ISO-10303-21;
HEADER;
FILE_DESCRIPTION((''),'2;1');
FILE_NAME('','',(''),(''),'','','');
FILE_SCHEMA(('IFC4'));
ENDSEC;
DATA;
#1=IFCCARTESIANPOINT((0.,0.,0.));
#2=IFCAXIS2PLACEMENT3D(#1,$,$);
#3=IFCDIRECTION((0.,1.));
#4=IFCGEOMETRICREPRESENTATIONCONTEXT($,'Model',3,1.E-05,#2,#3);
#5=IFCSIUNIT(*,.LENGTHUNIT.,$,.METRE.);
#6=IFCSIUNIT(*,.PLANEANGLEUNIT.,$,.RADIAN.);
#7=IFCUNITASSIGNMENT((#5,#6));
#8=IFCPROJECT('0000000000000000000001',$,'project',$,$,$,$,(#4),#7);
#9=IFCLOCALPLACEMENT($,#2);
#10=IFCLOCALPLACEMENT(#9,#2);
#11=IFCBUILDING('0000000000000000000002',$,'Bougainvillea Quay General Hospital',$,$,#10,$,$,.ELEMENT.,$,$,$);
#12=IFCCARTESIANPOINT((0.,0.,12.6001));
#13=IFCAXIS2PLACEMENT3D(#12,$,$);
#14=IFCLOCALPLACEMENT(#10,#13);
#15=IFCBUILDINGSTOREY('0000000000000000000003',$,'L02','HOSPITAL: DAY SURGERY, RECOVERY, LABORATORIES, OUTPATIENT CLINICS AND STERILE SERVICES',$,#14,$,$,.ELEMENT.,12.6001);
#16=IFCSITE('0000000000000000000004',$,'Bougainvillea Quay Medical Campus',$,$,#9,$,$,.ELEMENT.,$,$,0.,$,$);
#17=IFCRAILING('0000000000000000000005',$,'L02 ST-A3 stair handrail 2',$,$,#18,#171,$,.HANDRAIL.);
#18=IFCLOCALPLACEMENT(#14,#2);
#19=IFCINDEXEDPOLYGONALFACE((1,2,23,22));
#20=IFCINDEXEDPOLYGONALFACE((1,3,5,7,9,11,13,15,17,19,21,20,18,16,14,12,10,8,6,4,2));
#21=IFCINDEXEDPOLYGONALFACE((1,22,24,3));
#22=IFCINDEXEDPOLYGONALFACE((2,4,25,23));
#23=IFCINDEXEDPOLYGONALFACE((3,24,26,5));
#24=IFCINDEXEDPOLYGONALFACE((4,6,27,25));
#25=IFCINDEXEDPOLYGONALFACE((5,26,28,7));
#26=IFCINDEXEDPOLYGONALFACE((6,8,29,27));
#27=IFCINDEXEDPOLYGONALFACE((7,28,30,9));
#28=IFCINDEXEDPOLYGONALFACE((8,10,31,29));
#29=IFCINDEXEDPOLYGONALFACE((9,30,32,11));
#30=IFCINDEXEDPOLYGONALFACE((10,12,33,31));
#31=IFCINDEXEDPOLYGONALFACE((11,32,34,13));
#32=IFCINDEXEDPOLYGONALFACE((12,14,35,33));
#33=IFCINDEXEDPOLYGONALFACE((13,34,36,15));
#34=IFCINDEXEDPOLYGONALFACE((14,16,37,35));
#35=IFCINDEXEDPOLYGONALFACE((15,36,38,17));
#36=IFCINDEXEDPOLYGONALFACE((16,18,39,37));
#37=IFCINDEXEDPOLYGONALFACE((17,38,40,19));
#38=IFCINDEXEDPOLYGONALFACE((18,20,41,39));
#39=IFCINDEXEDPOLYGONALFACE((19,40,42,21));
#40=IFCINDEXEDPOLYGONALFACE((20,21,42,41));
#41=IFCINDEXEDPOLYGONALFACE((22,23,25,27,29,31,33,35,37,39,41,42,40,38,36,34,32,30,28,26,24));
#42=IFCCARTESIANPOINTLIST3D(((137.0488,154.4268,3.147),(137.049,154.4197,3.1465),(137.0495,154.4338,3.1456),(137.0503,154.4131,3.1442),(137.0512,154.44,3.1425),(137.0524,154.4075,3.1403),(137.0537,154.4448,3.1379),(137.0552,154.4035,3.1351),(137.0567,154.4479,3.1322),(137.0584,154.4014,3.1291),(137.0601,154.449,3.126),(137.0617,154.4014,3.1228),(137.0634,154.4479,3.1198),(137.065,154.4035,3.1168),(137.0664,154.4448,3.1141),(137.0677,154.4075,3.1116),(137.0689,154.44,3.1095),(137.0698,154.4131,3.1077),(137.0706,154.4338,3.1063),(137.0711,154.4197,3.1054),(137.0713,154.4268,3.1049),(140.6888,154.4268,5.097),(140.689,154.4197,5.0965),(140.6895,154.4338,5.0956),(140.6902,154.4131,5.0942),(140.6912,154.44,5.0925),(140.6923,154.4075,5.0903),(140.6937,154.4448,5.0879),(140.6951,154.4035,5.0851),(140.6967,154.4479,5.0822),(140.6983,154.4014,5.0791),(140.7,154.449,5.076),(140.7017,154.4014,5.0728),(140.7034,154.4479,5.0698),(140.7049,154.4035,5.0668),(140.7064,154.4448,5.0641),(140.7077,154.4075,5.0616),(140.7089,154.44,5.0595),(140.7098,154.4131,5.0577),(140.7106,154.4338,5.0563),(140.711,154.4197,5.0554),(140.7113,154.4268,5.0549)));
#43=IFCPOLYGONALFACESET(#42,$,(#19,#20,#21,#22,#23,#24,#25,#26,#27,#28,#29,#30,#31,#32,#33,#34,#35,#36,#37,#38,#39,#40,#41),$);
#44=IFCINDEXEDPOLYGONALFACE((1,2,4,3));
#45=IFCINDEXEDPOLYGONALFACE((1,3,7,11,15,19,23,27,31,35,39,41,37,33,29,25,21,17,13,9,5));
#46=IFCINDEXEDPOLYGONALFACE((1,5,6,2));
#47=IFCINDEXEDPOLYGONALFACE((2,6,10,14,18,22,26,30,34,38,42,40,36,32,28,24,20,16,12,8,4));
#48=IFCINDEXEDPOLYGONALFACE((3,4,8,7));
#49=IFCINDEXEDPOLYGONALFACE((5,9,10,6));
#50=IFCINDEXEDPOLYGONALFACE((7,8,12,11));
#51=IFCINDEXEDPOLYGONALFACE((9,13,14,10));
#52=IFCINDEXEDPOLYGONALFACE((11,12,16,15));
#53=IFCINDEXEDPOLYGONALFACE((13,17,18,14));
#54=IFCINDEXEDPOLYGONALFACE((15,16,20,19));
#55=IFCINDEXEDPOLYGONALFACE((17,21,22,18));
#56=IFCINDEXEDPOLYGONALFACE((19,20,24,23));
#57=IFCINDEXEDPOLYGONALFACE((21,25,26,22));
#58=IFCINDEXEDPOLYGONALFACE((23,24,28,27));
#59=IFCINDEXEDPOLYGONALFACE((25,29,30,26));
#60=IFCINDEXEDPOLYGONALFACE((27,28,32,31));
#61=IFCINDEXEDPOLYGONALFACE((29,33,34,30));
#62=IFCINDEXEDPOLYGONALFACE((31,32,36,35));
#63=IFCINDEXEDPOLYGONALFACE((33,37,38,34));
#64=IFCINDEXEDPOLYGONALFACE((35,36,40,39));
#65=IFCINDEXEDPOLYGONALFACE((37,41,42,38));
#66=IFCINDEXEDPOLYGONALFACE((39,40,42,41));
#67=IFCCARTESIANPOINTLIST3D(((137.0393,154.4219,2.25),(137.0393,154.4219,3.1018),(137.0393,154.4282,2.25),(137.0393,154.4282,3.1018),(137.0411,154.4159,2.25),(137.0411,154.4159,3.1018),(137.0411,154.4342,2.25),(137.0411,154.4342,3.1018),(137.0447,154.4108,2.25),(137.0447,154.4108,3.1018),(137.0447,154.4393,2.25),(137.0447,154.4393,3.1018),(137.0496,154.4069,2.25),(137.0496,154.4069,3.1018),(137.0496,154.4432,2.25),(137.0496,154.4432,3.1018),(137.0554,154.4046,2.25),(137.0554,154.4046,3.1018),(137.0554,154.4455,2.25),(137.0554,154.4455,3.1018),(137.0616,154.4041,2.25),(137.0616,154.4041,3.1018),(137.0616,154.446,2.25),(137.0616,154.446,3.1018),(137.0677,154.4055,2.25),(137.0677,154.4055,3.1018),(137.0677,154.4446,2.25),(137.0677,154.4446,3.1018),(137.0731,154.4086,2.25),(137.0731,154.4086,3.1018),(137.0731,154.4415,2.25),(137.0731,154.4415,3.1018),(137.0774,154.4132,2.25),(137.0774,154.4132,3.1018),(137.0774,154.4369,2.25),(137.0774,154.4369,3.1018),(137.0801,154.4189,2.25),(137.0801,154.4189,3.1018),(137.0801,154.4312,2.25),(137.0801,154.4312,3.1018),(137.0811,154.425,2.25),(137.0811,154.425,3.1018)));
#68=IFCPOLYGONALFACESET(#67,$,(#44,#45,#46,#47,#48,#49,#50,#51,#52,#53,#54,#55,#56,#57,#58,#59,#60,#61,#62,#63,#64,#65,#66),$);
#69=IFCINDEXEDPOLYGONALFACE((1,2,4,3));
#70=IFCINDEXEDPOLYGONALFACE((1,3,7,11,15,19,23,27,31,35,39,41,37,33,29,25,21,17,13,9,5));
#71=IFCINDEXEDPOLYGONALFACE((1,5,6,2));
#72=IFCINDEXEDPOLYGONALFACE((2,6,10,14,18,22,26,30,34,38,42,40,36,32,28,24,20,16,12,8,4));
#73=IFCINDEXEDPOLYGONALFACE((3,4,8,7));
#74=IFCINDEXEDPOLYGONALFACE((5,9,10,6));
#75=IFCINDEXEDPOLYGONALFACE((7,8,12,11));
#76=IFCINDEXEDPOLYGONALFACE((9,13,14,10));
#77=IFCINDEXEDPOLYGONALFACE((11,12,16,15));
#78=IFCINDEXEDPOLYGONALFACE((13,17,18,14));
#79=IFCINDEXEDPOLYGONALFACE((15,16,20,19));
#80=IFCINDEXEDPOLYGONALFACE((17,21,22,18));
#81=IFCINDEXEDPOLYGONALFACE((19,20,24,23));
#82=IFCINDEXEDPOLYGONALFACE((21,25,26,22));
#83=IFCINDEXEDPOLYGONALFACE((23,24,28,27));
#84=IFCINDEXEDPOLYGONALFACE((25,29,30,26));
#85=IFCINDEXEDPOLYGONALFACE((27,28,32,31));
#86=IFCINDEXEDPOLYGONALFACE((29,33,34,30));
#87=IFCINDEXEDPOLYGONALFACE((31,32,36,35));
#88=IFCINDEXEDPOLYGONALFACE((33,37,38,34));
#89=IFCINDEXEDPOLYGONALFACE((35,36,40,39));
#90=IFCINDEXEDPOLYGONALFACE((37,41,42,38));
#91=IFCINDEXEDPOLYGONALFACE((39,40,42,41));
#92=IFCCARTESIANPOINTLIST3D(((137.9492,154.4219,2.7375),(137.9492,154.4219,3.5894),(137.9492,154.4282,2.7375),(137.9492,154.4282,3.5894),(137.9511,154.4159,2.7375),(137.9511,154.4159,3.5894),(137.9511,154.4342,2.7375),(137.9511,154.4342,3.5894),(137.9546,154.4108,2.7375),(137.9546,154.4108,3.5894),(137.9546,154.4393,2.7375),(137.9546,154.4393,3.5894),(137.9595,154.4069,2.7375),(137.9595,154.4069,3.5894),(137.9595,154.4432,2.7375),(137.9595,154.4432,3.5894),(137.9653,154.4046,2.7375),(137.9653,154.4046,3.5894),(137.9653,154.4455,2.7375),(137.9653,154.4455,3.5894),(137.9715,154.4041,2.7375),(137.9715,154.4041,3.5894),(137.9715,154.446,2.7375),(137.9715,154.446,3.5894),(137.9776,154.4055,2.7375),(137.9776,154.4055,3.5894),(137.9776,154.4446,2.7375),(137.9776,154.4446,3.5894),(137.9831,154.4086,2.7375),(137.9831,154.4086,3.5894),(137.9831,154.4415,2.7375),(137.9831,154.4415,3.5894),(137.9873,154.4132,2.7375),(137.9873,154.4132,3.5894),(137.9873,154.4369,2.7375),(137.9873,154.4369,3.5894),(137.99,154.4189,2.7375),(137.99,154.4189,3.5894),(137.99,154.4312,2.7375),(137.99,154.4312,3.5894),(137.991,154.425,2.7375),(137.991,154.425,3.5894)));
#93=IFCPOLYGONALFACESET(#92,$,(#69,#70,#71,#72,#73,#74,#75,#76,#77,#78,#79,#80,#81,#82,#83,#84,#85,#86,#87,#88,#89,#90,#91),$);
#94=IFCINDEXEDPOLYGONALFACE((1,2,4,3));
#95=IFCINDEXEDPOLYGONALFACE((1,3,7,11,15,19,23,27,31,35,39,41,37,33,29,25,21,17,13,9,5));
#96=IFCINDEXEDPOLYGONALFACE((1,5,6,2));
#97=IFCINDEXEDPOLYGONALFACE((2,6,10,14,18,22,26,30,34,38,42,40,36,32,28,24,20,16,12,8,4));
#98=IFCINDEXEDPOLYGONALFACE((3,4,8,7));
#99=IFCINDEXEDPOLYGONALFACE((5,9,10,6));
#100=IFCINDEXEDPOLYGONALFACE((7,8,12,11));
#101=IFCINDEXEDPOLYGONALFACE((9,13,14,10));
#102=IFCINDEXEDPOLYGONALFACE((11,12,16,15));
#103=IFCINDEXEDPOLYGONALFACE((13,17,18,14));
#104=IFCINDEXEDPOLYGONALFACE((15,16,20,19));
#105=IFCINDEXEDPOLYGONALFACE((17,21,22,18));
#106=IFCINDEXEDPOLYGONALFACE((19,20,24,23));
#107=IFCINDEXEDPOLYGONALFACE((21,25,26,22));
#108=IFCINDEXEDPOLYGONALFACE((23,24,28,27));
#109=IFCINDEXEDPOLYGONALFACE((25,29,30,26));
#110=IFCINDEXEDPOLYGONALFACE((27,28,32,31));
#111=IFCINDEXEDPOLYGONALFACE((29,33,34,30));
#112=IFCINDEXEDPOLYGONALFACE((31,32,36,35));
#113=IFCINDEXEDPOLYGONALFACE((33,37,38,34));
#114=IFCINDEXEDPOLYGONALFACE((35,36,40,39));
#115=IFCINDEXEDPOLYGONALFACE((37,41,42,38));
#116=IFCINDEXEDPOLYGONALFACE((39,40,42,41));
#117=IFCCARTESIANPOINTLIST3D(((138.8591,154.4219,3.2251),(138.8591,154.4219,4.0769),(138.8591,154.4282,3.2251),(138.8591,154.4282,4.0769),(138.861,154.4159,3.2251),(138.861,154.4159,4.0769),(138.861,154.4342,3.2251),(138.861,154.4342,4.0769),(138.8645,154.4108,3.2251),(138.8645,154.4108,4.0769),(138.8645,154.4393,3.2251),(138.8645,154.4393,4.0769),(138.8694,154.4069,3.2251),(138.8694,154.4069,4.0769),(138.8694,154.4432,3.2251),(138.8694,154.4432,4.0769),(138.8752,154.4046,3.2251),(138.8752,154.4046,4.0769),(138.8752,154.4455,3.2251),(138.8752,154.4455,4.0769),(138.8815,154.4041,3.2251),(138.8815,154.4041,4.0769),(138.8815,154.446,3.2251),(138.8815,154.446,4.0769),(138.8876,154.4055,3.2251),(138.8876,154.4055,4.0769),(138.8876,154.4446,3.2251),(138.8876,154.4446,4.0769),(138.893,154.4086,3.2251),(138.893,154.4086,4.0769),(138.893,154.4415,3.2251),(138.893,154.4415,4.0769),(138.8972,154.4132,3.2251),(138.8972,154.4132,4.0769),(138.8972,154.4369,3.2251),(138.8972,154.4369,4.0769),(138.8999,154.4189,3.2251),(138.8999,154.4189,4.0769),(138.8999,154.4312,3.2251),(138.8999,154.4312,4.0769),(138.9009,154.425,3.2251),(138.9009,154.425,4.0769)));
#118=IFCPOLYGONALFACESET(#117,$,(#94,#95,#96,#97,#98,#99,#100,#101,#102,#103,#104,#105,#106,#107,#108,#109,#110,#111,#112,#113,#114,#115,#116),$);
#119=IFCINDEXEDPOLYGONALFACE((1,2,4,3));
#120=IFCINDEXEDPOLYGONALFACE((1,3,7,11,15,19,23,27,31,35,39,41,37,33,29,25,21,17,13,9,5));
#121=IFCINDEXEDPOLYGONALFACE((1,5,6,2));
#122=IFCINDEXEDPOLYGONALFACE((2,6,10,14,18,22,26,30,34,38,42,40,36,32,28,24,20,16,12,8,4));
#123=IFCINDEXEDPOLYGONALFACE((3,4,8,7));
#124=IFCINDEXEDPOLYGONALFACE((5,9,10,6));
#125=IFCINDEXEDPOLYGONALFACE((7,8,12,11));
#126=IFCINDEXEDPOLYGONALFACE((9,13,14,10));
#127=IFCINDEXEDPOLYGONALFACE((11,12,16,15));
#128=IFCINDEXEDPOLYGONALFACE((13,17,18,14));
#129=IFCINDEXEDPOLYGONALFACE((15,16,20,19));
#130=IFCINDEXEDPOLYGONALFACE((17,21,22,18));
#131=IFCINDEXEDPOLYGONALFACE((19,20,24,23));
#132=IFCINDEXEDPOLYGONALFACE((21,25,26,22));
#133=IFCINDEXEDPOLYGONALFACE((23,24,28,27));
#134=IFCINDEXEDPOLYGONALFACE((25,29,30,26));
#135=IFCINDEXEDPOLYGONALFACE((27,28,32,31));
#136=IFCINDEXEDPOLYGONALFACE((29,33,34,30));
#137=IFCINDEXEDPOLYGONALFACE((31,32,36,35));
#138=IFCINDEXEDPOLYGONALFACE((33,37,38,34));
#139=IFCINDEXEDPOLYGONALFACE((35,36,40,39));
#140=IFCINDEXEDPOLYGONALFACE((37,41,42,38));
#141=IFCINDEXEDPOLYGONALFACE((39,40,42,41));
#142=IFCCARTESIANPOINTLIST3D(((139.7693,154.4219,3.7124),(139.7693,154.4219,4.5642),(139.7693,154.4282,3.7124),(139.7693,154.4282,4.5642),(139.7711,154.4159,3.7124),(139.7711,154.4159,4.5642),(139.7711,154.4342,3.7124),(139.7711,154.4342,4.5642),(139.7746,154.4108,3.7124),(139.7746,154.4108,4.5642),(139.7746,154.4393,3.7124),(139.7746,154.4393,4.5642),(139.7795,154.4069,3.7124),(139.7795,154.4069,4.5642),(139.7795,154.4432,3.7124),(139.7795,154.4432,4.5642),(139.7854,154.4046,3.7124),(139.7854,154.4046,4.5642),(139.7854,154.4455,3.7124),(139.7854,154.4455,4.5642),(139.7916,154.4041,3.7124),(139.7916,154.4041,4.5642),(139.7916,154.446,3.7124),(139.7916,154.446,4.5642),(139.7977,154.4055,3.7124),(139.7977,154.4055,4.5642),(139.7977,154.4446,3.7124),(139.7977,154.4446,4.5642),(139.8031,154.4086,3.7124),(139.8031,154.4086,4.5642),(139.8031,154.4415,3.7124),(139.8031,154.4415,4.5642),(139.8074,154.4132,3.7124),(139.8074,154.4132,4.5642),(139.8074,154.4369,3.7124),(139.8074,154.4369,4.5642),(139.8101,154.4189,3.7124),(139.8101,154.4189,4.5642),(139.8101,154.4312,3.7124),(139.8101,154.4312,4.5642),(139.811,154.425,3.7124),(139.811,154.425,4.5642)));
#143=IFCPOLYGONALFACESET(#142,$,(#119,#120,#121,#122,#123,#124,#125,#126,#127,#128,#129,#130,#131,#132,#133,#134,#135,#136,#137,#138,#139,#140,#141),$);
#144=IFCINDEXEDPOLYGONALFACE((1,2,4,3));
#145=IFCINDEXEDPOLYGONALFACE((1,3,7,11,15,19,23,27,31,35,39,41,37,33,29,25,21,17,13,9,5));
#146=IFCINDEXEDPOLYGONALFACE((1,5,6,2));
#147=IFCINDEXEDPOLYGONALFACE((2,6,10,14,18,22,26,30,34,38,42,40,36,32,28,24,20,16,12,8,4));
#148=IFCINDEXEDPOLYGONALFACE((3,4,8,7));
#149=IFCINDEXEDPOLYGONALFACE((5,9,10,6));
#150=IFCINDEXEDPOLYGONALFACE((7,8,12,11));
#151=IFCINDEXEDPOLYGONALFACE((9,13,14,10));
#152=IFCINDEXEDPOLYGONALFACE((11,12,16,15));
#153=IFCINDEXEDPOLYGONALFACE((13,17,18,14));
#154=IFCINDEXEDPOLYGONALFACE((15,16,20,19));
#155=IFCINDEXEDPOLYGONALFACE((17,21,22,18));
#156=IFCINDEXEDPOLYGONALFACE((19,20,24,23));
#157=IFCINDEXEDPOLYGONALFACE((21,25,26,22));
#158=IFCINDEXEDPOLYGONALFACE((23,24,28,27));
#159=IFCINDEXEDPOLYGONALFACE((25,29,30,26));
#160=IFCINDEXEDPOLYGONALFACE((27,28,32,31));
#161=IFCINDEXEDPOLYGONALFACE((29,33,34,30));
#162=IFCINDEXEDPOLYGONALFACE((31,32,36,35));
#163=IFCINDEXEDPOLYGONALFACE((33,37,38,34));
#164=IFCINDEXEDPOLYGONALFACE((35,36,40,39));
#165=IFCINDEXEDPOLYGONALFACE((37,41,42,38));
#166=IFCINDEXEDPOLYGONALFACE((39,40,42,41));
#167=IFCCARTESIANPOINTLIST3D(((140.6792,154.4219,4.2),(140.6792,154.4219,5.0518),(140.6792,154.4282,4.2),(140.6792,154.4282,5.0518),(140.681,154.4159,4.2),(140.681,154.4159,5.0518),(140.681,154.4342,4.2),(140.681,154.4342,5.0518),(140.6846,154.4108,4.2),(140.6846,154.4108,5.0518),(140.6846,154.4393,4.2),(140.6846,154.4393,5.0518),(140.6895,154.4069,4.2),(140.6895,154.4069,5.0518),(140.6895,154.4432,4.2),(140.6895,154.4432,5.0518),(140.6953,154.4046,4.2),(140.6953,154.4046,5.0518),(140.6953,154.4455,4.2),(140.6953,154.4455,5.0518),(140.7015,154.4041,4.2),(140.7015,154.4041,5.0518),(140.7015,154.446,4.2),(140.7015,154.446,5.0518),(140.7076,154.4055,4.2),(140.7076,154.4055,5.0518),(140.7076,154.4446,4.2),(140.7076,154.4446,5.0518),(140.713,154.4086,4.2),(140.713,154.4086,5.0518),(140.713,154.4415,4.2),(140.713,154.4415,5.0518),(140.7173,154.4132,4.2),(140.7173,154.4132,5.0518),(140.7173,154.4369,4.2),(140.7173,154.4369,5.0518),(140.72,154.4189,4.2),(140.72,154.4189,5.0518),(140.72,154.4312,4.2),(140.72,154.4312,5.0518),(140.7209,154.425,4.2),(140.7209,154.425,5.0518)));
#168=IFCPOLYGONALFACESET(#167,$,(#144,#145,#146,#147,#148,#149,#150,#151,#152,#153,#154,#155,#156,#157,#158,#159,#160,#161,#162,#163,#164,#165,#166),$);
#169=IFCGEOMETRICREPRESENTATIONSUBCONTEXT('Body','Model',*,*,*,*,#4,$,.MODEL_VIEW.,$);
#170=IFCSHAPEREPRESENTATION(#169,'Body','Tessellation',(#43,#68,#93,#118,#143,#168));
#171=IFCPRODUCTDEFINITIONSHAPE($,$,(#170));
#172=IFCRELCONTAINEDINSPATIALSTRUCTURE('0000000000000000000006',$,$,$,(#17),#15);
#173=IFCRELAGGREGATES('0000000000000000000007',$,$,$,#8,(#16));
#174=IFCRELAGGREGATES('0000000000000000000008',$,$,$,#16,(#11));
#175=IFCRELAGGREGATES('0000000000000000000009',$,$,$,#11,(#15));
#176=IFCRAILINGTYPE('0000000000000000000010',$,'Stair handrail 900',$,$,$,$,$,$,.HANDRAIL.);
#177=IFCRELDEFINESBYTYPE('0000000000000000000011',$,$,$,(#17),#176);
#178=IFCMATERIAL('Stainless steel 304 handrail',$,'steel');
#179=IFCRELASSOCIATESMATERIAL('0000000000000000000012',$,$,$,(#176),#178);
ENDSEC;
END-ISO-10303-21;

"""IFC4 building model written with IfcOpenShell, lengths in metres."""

from ifc_helpers import new_model, si_unit, direction, frame, origin, origin_2d, place, context, subcontext, project, spatial, circle, extrude, material, type_object, element, save


model = new_model("IFC4")

# Units and contexts
model_context = context("Model", 3, precision=1e-05, world=origin(), true_north=direction((0.0, 1.0)))
body_context = subcontext(model_context, "Body", "Model", "MODEL_VIEW")
ifc_project = project(units=[si_unit("LENGTHUNIT", "METRE"), si_unit("PLANEANGLEUNIT", "RADIAN")], contexts=[model_context])

# Site, building, storey
site_placement = place(None, origin())
site = spatial("IfcSite", under=ifc_project, at=site_placement, Name="Bougainvillea Quay Medical Campus", CompositionType="ELEMENT", RefElevation=0.0)
building_placement = place(site_placement, origin())
building = spatial("IfcBuilding", under=site, at=building_placement, Name="Bougainvillea Quay General Hospital", CompositionType="ELEMENT")
storey_placement = place(building_placement, frame((0.0, 0.0, 12.6001)))
storey = spatial("IfcBuildingStorey", under=building, at=storey_placement, Name="L02", Description="HOSPITAL: DAY SURGERY, RECOVERY, LABORATORIES, OUTPATIENT CLINICS AND STERILE SERVICES", CompositionType="ELEMENT", Elevation=12.6001)

# Railing
ifc_material_1 = material(Name="Stainless steel 304 handrail", Category="steel")
railing_type_1 = type_object("IfcRailingType", Name="Stair handrail 900", PredefinedType="HANDRAIL", material=ifc_material_1)
railing_1_placement = place(storey_placement, frame((137.0601, 154.425, 2.25)))
element("IfcRailing", 1, at=railing_1_placement, inside=storey, type_object=railing_type_1, Name="L02 ST-A3 stair handrail 2", PredefinedType="HANDRAIL", context=body_context, shape_type="SweptSolid", body=[
    extrude(circle(Radius=0.0239, at=origin_2d()), frame((0.0, 0.0, 0.876), z_axis=(0.881479, 0.0, 0.472223), x_axis=(0.0, 1.0, 0.0)), (0.0, 0.0, 1.0), 4.1294),
    extrude(circle(Radius=0.021, at=origin_2d()), origin(), (0.0, 0.0, 1.0), 0.8518),
    extrude(circle(Radius=0.021, at=origin_2d()), frame((0.9099, 0.0, 0.4875)), (0.0, 0.0, 1.0), 0.8518),
    extrude(circle(Radius=0.021, at=origin_2d()), frame((1.8198, 0.0, 0.9751)), (0.0, 0.0, 1.0), 0.8518),
    extrude(circle(Radius=0.021, at=origin_2d()), frame((2.73, 0.0, 1.4624)), (0.0, 0.0, 1.0), 0.8518),
    extrude(circle(Radius=0.021, at=origin_2d()), frame((3.6399, 0.0, 1.95)), (0.0, 0.0, 1.0), 0.8518),
])

save(model, "model.ifc")
